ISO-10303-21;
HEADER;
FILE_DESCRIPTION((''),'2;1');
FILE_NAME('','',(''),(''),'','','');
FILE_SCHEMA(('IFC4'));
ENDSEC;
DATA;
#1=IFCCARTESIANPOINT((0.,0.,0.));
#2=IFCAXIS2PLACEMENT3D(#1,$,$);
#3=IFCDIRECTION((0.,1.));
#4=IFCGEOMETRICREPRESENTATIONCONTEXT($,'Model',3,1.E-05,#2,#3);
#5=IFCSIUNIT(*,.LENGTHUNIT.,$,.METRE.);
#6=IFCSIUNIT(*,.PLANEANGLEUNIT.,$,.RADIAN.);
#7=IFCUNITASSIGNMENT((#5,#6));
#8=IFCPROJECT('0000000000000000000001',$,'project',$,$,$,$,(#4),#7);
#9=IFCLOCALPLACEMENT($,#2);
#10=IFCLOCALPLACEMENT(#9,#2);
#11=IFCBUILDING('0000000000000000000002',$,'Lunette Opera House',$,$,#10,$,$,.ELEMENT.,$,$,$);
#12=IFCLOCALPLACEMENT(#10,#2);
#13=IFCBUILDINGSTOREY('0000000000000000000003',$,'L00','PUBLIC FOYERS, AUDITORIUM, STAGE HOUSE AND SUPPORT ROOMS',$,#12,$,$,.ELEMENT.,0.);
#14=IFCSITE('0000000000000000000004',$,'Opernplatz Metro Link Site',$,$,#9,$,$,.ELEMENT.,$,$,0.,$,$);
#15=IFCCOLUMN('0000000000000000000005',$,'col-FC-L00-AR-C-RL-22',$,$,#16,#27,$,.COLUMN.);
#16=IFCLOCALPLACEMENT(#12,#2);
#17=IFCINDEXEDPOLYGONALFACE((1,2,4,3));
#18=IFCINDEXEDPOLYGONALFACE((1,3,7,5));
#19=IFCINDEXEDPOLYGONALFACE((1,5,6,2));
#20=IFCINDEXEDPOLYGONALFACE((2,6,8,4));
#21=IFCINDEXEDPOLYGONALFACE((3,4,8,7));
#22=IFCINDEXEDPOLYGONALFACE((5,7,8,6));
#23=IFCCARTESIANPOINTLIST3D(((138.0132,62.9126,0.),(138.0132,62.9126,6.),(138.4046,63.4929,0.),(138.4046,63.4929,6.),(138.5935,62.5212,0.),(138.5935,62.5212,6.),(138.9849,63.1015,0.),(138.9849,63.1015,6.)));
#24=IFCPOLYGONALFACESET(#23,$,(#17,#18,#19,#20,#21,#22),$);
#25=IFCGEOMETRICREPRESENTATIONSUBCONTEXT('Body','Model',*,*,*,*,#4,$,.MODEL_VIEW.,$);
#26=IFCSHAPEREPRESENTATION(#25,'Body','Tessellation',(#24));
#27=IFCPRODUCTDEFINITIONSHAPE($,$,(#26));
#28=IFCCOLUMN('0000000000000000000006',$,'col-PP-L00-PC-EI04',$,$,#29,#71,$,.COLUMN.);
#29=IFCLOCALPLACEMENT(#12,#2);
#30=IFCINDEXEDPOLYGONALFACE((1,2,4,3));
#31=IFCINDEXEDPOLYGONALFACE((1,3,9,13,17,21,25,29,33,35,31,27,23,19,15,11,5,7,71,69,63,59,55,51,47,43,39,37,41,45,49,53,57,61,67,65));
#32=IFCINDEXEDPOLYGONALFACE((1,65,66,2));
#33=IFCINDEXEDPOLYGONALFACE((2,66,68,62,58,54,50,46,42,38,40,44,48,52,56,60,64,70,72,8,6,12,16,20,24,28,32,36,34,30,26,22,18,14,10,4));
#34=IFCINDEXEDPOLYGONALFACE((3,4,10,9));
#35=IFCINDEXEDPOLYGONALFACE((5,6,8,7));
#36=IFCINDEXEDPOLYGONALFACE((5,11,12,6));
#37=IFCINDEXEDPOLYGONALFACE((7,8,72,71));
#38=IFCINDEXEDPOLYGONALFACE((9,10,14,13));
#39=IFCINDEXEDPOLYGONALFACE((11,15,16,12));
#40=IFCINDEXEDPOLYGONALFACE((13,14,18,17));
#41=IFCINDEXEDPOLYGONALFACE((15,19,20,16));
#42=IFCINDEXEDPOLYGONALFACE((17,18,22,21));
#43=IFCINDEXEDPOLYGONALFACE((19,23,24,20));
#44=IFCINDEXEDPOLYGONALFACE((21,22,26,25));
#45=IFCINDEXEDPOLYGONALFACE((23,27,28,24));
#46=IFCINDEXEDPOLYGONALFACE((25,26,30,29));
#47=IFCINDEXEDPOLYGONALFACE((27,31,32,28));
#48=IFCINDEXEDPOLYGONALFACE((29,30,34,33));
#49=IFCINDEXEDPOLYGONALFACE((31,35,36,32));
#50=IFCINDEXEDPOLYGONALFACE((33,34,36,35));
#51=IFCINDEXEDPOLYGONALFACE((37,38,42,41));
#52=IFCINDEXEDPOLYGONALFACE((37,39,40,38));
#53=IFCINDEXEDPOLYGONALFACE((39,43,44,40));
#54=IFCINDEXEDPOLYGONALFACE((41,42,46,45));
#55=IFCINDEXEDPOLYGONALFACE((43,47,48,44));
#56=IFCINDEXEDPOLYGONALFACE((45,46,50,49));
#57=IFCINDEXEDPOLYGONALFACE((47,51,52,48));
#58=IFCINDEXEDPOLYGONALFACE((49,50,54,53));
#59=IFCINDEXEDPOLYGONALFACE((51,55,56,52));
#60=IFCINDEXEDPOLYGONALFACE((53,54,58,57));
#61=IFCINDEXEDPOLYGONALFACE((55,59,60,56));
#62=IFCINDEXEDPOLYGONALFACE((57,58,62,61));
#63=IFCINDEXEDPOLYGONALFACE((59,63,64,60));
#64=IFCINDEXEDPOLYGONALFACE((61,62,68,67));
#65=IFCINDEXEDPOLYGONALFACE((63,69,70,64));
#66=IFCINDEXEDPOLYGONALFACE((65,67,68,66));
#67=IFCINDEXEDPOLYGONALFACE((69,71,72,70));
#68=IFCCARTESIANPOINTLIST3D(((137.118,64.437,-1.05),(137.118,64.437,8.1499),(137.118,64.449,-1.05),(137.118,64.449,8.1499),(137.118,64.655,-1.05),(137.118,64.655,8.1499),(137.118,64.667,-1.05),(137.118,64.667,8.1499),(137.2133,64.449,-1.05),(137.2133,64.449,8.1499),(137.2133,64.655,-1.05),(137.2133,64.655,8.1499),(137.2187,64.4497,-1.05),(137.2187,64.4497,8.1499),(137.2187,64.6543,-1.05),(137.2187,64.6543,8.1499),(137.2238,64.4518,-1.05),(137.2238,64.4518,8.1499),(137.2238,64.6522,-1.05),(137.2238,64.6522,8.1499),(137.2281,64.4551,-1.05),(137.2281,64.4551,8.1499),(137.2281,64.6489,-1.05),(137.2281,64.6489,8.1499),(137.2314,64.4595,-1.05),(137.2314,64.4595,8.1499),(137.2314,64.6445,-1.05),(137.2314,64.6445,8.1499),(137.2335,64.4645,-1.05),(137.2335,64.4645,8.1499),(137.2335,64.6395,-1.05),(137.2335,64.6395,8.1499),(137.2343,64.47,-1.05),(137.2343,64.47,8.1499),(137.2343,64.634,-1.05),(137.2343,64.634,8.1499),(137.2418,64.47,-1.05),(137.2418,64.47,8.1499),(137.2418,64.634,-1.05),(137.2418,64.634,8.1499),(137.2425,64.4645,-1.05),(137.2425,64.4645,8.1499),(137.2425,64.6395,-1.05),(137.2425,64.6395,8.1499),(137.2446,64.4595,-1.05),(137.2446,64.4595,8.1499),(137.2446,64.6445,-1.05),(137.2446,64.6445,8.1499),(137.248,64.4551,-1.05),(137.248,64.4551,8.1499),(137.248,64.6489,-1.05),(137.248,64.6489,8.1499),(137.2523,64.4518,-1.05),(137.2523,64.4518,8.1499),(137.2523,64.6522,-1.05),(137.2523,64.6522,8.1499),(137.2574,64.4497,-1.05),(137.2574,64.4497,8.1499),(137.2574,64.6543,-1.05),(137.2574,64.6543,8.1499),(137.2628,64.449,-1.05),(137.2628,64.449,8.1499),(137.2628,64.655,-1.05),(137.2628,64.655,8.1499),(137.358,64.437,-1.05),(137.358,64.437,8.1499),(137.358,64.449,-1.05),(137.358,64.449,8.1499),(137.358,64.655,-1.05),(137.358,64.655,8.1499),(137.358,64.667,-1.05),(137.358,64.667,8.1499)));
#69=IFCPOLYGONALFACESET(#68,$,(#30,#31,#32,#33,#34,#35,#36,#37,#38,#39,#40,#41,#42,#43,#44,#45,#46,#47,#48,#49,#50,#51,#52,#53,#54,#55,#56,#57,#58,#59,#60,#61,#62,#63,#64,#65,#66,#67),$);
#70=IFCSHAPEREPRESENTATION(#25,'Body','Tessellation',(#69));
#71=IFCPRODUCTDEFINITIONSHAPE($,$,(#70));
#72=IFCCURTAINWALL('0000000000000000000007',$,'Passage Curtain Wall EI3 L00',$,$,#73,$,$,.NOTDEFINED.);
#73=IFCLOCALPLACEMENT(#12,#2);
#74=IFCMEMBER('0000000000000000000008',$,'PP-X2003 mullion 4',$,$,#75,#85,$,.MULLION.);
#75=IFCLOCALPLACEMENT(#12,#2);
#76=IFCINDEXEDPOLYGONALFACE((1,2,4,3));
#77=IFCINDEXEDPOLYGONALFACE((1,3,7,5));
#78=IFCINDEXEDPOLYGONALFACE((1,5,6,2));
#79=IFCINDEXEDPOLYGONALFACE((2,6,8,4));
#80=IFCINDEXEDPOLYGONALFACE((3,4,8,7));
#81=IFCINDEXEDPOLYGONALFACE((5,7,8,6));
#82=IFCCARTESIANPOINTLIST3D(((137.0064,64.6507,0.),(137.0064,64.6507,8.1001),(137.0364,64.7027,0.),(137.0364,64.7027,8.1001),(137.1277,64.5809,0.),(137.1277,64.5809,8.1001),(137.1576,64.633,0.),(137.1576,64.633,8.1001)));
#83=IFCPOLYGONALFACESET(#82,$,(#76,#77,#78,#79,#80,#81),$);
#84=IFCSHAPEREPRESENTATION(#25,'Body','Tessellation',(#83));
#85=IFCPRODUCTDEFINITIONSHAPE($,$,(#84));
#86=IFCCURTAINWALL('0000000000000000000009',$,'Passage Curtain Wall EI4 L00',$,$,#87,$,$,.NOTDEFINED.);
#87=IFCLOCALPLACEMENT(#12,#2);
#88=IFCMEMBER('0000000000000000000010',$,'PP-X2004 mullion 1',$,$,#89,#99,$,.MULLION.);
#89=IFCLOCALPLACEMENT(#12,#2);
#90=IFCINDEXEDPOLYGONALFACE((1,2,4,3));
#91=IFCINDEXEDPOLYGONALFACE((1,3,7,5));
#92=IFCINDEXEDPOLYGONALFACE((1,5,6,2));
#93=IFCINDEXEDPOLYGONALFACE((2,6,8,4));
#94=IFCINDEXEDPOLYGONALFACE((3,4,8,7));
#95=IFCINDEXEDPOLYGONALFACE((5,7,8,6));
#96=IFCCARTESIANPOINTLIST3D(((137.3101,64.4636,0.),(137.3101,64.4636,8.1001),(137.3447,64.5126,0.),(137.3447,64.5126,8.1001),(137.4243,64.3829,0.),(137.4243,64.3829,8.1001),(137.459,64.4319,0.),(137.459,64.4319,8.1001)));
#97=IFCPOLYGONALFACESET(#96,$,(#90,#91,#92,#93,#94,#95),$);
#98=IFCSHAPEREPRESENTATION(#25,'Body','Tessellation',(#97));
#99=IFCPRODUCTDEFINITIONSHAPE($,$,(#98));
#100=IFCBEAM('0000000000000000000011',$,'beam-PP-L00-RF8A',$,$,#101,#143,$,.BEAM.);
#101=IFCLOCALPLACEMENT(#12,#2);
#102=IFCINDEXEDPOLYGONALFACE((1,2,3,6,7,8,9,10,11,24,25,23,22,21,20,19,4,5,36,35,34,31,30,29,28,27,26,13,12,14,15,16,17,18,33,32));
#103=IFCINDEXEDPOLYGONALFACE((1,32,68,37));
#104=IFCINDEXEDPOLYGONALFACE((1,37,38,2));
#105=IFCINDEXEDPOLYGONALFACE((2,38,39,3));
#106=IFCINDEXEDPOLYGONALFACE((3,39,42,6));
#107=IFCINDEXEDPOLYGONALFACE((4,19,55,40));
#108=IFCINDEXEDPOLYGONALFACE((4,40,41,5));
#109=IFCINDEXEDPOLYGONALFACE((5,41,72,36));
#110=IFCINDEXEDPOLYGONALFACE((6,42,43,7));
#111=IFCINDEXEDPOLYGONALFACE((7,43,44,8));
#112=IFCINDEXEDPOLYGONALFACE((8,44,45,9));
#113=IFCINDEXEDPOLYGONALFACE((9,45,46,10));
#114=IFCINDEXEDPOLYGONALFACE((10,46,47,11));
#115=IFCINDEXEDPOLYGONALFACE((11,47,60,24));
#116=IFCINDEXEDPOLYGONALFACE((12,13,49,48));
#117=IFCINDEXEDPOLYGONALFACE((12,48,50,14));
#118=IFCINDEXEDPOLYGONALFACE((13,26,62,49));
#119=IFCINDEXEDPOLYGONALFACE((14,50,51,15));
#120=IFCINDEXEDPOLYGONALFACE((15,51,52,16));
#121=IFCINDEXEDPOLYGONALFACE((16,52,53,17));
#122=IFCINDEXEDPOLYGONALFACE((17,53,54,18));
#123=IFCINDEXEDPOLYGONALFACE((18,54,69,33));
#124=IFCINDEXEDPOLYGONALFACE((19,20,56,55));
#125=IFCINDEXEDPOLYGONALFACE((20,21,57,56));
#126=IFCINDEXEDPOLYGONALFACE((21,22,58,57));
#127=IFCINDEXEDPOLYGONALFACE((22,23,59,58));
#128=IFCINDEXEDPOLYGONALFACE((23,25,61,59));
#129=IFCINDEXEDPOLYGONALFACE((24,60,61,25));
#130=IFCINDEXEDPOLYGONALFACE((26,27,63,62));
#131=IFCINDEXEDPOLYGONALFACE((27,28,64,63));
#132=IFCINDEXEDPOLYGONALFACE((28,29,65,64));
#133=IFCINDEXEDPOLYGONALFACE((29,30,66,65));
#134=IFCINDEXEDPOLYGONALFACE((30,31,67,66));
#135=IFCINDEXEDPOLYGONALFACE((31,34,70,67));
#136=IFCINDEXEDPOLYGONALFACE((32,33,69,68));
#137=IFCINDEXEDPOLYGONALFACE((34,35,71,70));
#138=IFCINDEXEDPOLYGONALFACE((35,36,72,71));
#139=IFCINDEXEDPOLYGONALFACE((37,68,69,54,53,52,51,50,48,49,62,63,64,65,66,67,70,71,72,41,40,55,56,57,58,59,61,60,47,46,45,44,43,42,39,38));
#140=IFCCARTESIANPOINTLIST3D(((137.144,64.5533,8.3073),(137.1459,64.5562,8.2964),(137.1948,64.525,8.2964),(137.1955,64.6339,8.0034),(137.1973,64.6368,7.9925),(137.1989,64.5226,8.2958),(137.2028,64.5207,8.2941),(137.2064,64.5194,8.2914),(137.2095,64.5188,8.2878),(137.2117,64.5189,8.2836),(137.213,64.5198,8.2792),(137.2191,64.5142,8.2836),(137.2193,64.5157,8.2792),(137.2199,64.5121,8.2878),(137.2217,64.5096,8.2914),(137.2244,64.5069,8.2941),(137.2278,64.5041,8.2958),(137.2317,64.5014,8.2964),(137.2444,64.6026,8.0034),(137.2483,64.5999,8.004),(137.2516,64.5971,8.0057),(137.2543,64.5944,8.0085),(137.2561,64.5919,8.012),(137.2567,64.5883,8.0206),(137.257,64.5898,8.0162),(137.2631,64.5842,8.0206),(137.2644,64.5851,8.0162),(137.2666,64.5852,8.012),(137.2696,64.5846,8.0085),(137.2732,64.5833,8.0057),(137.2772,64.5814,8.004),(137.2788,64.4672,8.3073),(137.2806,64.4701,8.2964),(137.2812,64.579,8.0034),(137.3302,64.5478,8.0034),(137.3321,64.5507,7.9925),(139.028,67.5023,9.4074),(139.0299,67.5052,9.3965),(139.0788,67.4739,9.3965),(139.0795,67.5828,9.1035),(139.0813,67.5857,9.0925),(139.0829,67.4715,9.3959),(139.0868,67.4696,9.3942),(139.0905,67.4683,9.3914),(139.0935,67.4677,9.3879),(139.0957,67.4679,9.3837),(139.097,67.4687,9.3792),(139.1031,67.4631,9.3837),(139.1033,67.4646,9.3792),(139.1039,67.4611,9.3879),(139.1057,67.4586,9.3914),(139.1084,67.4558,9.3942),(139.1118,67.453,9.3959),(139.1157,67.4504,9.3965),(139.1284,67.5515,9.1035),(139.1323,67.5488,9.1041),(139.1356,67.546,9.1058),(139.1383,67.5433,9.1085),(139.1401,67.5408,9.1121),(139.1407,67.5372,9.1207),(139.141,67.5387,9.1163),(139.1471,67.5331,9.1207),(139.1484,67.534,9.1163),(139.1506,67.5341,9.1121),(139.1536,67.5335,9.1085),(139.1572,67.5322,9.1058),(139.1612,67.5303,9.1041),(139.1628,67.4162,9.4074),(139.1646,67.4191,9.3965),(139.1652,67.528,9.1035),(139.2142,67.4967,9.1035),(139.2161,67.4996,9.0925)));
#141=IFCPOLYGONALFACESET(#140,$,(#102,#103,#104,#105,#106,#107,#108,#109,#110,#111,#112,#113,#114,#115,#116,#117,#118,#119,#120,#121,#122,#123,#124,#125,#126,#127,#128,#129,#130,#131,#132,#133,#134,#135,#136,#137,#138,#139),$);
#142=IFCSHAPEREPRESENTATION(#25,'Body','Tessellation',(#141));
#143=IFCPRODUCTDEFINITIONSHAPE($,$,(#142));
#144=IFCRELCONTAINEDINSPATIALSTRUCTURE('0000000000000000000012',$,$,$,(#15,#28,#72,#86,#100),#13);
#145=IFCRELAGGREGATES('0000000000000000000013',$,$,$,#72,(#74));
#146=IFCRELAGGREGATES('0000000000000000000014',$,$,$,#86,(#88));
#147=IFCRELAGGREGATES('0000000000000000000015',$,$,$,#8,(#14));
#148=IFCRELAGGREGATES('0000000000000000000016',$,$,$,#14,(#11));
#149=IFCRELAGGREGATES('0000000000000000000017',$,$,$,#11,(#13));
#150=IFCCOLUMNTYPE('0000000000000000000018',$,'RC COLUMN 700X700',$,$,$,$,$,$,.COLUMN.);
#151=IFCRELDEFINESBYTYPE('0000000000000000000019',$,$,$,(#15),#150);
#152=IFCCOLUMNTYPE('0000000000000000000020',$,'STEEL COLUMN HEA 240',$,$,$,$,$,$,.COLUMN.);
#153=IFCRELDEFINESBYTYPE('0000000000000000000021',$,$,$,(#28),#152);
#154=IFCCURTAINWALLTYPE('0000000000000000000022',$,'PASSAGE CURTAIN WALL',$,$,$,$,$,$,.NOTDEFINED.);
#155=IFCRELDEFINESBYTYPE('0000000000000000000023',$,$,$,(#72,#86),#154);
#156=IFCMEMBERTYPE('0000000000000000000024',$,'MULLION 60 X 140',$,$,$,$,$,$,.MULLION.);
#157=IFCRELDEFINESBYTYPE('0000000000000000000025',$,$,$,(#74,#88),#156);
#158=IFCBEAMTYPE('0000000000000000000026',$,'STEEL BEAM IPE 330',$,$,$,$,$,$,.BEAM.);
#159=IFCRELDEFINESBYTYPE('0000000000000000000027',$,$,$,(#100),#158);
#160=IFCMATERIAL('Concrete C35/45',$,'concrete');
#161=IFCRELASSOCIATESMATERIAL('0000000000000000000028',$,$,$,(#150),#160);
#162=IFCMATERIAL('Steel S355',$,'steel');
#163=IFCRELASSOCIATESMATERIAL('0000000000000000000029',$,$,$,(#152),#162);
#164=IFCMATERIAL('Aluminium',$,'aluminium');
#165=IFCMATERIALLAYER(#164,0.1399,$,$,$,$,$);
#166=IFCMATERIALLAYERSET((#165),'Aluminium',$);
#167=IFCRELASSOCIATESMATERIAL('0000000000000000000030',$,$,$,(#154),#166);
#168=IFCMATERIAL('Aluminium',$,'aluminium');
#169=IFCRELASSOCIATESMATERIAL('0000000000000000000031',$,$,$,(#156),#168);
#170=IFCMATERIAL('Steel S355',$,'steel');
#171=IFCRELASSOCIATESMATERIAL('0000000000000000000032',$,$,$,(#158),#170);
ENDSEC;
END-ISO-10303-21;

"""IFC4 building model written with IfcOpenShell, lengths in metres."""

from ifc_helpers import new_model, si_unit, direction, frame, origin, origin_2d, place, context, subcontext, project, spatial, rectangle, i_section, extrude, material, layer, layer_set, material_profile, profile_set, type_object, element, aggregate, save


model = new_model("IFC4")

# Units and contexts
model_context = context("Model", 3, precision=1e-05, world=origin(), true_north=direction((0.0, 1.0)))
body_context = subcontext(model_context, "Body", "Model", "MODEL_VIEW")
ifc_project = project(units=[si_unit("LENGTHUNIT", "METRE"), si_unit("PLANEANGLEUNIT", "RADIAN")], contexts=[model_context])

# Site, building, storey
site_placement = place(None, origin())
site = spatial("IfcSite", under=ifc_project, at=site_placement, Name="Opernplatz Metro Link Site", CompositionType="ELEMENT", RefElevation=0.0)
building_placement = place(site_placement, origin())
building = spatial("IfcBuilding", under=site, at=building_placement, Name="Lunette Opera House", CompositionType="ELEMENT")
storey_placement = place(building_placement, origin())
storey = spatial("IfcBuildingStorey", under=building, at=storey_placement, Name="L00", Description="PUBLIC FOYERS, AUDITORIUM, STAGE HOUSE AND SUPPORT ROOMS", CompositionType="ELEMENT", Elevation=0.0)

# Columns
ifc_material_1 = material(Name="Concrete C35/45", Category="concrete")
ifc_material_profile_1 = material_profile(ifc_material_1, rectangle(XDim=0.7, YDim=0.7, at=origin_2d()), Name="RC COLUMN 700X700")
ifc_profile_set_1 = profile_set([ifc_material_profile_1], Name="Concrete C35/45")
column_type_1 = type_object("IfcColumnType", Name="RC COLUMN 700X700", PredefinedType="COLUMN", material=ifc_profile_set_1)
column_1_placement = place(storey_placement, frame((138.499, 63.0071, 0.0), z_axis=(0.0, 0.0, 1.0), x_axis=(0.829038, -0.559193, 0.0)))
element("IfcColumn", 1, at=column_1_placement, inside=storey, type_object=column_type_1, Name="col-FC-L00-AR-C-RL-22", PredefinedType="COLUMN", context=body_context, shape_type="SweptSolid", body=[
    extrude(rectangle(XDim=0.7, YDim=0.7, at=origin_2d()), origin(), (0.0, 0.0, 1.0), 6.0),
])
ifc_material_2 = material(Name="Steel S355", Category="steel")
ifc_material_profile_2 = material_profile(ifc_material_2, i_section(OverallWidth=0.24, OverallDepth=0.23, WebThickness=0.0076, FlangeThickness=0.012, FilletRadius=0.021, at=origin_2d()), Name="HEA 240")
ifc_profile_set_2 = profile_set([ifc_material_profile_2], Name="Steel S355")
column_type_2 = type_object("IfcColumnType", Name="STEEL COLUMN HEA 240", PredefinedType="COLUMN", material=ifc_profile_set_2)
column_2_placement = place(storey_placement, frame((137.238, 64.552, -1.05), z_axis=(0.0, 0.0, 1.0), x_axis=(1.0, 0.0, 0.0)))
element("IfcColumn", 2, at=column_2_placement, inside=storey, type_object=column_type_2, Name="col-PP-L00-PC-EI04", PredefinedType="COLUMN", context=body_context, shape_type="SweptSolid", body=[
    extrude(i_section(OverallWidth=0.24, OverallDepth=0.23, WebThickness=0.0076, FlangeThickness=0.012, FilletRadius=0.021, at=origin_2d()), origin(), (0.0, 0.0, 1.0), 9.2),
])

# Curtain walls, members
ifc_material_3 = material(Name="Aluminium", Category="aluminium")
ifc_layer_1 = layer(ifc_material_3, 0.1399)
ifc_layer_set_1 = layer_set([ifc_layer_1], Name="Aluminium")
curtain_wall_type = type_object("IfcCurtainWallType", Name="PASSAGE CURTAIN WALL", PredefinedType="NOTDEFINED", material=ifc_layer_set_1)
curtain_wall_1_placement = place(storey_placement, origin())
curtain_wall_1 = element("IfcCurtainWall", 3, at=curtain_wall_1_placement, inside=storey, type_object=curtain_wall_type, Name="Passage Curtain Wall EI3 L00", PredefinedType="NOTDEFINED")
ifc_material_4 = material(Name="Aluminium", Category="aluminium")
ifc_material_profile_3 = material_profile(ifc_material_4, rectangle(XDim=0.0601, YDim=0.1399, at=origin_2d()), Name="MULLION 60 X 140")
ifc_profile_set_3 = profile_set([ifc_material_profile_3], Name="Aluminium")
member_type_1 = type_object("IfcMemberType", Name="MULLION 60 X 140", PredefinedType="MULLION", material=ifc_profile_set_3)
member_1_placement = place(storey_placement, frame((137.082, 64.6418, 0.0), z_axis=(0.0, 0.0, 1.0), x_axis=(0.498414, 0.866939, 0.0)))
member_1 = element("IfcMember", 4, at=member_1_placement, type_object=member_type_1, Name="PP-X2003 mullion 4", PredefinedType="MULLION", context=body_context, shape_type="SweptSolid", body=[
    extrude(rectangle(XDim=0.0601, YDim=0.1399, at=origin_2d()), origin(), (0.0, 0.0, 1.0), 8.1001),
])
aggregate(curtain_wall_1, [member_1])
curtain_wall_2_placement = place(storey_placement, origin())
curtain_wall_2 = element("IfcCurtainWall", 5, at=curtain_wall_2_placement, inside=storey, type_object=curtain_wall_type, Name="Passage Curtain Wall EI4 L00", PredefinedType="NOTDEFINED")
member_2_placement = place(storey_placement, frame((137.3845, 64.4478, 0.0), z_axis=(0.0, 0.0, 1.0), x_axis=(0.577038, 0.816717, 0.0)))
member_2 = element("IfcMember", 6, at=member_2_placement, type_object=member_type_1, Name="PP-X2004 mullion 1", PredefinedType="MULLION", context=body_context, shape_type="SweptSolid", body=[
    extrude(rectangle(XDim=0.0601, YDim=0.1399, at=origin_2d()), origin(), (0.0, 0.0, 1.0), 8.1001),
])

# Beam
ifc_material_5 = material(Name="Steel S355", Category="steel")
ifc_material_profile_4 = material_profile(ifc_material_5, i_section(OverallWidth=0.1599, OverallDepth=0.3301, WebThickness=0.0076, FlangeThickness=0.0115, FilletRadius=0.0181, at=origin_2d()), Name="IPE 330")
ifc_profile_set_4 = profile_set([ifc_material_profile_4], Name="Steel S355")
beam_type_1 = type_object("IfcBeamType", Name="STEEL BEAM IPE 330", PredefinedType="BEAM", material=ifc_profile_set_4)
beam_1_placement = place(storey_placement, frame((137.238, 64.552, 8.1499), z_axis=(0.513602, 0.803913, 0.299895), x_axis=(-0.842701, 0.538382, 0.0)))
element("IfcBeam", 7, at=beam_1_placement, inside=storey, type_object=beam_type_1, Name="beam-PP-L00-RF8A", PredefinedType="BEAM", context=body_context, shape_type="SweptSolid", body=[
    extrude(i_section(OverallWidth=0.1599, OverallDepth=0.3301, WebThickness=0.0076, FlangeThickness=0.0115, FilletRadius=0.0181, at=origin_2d()), origin(), (0.0, 0.0, 1.0), 3.6682),
])

aggregate(curtain_wall_2, [member_2])

save(model, "model.ifc")
